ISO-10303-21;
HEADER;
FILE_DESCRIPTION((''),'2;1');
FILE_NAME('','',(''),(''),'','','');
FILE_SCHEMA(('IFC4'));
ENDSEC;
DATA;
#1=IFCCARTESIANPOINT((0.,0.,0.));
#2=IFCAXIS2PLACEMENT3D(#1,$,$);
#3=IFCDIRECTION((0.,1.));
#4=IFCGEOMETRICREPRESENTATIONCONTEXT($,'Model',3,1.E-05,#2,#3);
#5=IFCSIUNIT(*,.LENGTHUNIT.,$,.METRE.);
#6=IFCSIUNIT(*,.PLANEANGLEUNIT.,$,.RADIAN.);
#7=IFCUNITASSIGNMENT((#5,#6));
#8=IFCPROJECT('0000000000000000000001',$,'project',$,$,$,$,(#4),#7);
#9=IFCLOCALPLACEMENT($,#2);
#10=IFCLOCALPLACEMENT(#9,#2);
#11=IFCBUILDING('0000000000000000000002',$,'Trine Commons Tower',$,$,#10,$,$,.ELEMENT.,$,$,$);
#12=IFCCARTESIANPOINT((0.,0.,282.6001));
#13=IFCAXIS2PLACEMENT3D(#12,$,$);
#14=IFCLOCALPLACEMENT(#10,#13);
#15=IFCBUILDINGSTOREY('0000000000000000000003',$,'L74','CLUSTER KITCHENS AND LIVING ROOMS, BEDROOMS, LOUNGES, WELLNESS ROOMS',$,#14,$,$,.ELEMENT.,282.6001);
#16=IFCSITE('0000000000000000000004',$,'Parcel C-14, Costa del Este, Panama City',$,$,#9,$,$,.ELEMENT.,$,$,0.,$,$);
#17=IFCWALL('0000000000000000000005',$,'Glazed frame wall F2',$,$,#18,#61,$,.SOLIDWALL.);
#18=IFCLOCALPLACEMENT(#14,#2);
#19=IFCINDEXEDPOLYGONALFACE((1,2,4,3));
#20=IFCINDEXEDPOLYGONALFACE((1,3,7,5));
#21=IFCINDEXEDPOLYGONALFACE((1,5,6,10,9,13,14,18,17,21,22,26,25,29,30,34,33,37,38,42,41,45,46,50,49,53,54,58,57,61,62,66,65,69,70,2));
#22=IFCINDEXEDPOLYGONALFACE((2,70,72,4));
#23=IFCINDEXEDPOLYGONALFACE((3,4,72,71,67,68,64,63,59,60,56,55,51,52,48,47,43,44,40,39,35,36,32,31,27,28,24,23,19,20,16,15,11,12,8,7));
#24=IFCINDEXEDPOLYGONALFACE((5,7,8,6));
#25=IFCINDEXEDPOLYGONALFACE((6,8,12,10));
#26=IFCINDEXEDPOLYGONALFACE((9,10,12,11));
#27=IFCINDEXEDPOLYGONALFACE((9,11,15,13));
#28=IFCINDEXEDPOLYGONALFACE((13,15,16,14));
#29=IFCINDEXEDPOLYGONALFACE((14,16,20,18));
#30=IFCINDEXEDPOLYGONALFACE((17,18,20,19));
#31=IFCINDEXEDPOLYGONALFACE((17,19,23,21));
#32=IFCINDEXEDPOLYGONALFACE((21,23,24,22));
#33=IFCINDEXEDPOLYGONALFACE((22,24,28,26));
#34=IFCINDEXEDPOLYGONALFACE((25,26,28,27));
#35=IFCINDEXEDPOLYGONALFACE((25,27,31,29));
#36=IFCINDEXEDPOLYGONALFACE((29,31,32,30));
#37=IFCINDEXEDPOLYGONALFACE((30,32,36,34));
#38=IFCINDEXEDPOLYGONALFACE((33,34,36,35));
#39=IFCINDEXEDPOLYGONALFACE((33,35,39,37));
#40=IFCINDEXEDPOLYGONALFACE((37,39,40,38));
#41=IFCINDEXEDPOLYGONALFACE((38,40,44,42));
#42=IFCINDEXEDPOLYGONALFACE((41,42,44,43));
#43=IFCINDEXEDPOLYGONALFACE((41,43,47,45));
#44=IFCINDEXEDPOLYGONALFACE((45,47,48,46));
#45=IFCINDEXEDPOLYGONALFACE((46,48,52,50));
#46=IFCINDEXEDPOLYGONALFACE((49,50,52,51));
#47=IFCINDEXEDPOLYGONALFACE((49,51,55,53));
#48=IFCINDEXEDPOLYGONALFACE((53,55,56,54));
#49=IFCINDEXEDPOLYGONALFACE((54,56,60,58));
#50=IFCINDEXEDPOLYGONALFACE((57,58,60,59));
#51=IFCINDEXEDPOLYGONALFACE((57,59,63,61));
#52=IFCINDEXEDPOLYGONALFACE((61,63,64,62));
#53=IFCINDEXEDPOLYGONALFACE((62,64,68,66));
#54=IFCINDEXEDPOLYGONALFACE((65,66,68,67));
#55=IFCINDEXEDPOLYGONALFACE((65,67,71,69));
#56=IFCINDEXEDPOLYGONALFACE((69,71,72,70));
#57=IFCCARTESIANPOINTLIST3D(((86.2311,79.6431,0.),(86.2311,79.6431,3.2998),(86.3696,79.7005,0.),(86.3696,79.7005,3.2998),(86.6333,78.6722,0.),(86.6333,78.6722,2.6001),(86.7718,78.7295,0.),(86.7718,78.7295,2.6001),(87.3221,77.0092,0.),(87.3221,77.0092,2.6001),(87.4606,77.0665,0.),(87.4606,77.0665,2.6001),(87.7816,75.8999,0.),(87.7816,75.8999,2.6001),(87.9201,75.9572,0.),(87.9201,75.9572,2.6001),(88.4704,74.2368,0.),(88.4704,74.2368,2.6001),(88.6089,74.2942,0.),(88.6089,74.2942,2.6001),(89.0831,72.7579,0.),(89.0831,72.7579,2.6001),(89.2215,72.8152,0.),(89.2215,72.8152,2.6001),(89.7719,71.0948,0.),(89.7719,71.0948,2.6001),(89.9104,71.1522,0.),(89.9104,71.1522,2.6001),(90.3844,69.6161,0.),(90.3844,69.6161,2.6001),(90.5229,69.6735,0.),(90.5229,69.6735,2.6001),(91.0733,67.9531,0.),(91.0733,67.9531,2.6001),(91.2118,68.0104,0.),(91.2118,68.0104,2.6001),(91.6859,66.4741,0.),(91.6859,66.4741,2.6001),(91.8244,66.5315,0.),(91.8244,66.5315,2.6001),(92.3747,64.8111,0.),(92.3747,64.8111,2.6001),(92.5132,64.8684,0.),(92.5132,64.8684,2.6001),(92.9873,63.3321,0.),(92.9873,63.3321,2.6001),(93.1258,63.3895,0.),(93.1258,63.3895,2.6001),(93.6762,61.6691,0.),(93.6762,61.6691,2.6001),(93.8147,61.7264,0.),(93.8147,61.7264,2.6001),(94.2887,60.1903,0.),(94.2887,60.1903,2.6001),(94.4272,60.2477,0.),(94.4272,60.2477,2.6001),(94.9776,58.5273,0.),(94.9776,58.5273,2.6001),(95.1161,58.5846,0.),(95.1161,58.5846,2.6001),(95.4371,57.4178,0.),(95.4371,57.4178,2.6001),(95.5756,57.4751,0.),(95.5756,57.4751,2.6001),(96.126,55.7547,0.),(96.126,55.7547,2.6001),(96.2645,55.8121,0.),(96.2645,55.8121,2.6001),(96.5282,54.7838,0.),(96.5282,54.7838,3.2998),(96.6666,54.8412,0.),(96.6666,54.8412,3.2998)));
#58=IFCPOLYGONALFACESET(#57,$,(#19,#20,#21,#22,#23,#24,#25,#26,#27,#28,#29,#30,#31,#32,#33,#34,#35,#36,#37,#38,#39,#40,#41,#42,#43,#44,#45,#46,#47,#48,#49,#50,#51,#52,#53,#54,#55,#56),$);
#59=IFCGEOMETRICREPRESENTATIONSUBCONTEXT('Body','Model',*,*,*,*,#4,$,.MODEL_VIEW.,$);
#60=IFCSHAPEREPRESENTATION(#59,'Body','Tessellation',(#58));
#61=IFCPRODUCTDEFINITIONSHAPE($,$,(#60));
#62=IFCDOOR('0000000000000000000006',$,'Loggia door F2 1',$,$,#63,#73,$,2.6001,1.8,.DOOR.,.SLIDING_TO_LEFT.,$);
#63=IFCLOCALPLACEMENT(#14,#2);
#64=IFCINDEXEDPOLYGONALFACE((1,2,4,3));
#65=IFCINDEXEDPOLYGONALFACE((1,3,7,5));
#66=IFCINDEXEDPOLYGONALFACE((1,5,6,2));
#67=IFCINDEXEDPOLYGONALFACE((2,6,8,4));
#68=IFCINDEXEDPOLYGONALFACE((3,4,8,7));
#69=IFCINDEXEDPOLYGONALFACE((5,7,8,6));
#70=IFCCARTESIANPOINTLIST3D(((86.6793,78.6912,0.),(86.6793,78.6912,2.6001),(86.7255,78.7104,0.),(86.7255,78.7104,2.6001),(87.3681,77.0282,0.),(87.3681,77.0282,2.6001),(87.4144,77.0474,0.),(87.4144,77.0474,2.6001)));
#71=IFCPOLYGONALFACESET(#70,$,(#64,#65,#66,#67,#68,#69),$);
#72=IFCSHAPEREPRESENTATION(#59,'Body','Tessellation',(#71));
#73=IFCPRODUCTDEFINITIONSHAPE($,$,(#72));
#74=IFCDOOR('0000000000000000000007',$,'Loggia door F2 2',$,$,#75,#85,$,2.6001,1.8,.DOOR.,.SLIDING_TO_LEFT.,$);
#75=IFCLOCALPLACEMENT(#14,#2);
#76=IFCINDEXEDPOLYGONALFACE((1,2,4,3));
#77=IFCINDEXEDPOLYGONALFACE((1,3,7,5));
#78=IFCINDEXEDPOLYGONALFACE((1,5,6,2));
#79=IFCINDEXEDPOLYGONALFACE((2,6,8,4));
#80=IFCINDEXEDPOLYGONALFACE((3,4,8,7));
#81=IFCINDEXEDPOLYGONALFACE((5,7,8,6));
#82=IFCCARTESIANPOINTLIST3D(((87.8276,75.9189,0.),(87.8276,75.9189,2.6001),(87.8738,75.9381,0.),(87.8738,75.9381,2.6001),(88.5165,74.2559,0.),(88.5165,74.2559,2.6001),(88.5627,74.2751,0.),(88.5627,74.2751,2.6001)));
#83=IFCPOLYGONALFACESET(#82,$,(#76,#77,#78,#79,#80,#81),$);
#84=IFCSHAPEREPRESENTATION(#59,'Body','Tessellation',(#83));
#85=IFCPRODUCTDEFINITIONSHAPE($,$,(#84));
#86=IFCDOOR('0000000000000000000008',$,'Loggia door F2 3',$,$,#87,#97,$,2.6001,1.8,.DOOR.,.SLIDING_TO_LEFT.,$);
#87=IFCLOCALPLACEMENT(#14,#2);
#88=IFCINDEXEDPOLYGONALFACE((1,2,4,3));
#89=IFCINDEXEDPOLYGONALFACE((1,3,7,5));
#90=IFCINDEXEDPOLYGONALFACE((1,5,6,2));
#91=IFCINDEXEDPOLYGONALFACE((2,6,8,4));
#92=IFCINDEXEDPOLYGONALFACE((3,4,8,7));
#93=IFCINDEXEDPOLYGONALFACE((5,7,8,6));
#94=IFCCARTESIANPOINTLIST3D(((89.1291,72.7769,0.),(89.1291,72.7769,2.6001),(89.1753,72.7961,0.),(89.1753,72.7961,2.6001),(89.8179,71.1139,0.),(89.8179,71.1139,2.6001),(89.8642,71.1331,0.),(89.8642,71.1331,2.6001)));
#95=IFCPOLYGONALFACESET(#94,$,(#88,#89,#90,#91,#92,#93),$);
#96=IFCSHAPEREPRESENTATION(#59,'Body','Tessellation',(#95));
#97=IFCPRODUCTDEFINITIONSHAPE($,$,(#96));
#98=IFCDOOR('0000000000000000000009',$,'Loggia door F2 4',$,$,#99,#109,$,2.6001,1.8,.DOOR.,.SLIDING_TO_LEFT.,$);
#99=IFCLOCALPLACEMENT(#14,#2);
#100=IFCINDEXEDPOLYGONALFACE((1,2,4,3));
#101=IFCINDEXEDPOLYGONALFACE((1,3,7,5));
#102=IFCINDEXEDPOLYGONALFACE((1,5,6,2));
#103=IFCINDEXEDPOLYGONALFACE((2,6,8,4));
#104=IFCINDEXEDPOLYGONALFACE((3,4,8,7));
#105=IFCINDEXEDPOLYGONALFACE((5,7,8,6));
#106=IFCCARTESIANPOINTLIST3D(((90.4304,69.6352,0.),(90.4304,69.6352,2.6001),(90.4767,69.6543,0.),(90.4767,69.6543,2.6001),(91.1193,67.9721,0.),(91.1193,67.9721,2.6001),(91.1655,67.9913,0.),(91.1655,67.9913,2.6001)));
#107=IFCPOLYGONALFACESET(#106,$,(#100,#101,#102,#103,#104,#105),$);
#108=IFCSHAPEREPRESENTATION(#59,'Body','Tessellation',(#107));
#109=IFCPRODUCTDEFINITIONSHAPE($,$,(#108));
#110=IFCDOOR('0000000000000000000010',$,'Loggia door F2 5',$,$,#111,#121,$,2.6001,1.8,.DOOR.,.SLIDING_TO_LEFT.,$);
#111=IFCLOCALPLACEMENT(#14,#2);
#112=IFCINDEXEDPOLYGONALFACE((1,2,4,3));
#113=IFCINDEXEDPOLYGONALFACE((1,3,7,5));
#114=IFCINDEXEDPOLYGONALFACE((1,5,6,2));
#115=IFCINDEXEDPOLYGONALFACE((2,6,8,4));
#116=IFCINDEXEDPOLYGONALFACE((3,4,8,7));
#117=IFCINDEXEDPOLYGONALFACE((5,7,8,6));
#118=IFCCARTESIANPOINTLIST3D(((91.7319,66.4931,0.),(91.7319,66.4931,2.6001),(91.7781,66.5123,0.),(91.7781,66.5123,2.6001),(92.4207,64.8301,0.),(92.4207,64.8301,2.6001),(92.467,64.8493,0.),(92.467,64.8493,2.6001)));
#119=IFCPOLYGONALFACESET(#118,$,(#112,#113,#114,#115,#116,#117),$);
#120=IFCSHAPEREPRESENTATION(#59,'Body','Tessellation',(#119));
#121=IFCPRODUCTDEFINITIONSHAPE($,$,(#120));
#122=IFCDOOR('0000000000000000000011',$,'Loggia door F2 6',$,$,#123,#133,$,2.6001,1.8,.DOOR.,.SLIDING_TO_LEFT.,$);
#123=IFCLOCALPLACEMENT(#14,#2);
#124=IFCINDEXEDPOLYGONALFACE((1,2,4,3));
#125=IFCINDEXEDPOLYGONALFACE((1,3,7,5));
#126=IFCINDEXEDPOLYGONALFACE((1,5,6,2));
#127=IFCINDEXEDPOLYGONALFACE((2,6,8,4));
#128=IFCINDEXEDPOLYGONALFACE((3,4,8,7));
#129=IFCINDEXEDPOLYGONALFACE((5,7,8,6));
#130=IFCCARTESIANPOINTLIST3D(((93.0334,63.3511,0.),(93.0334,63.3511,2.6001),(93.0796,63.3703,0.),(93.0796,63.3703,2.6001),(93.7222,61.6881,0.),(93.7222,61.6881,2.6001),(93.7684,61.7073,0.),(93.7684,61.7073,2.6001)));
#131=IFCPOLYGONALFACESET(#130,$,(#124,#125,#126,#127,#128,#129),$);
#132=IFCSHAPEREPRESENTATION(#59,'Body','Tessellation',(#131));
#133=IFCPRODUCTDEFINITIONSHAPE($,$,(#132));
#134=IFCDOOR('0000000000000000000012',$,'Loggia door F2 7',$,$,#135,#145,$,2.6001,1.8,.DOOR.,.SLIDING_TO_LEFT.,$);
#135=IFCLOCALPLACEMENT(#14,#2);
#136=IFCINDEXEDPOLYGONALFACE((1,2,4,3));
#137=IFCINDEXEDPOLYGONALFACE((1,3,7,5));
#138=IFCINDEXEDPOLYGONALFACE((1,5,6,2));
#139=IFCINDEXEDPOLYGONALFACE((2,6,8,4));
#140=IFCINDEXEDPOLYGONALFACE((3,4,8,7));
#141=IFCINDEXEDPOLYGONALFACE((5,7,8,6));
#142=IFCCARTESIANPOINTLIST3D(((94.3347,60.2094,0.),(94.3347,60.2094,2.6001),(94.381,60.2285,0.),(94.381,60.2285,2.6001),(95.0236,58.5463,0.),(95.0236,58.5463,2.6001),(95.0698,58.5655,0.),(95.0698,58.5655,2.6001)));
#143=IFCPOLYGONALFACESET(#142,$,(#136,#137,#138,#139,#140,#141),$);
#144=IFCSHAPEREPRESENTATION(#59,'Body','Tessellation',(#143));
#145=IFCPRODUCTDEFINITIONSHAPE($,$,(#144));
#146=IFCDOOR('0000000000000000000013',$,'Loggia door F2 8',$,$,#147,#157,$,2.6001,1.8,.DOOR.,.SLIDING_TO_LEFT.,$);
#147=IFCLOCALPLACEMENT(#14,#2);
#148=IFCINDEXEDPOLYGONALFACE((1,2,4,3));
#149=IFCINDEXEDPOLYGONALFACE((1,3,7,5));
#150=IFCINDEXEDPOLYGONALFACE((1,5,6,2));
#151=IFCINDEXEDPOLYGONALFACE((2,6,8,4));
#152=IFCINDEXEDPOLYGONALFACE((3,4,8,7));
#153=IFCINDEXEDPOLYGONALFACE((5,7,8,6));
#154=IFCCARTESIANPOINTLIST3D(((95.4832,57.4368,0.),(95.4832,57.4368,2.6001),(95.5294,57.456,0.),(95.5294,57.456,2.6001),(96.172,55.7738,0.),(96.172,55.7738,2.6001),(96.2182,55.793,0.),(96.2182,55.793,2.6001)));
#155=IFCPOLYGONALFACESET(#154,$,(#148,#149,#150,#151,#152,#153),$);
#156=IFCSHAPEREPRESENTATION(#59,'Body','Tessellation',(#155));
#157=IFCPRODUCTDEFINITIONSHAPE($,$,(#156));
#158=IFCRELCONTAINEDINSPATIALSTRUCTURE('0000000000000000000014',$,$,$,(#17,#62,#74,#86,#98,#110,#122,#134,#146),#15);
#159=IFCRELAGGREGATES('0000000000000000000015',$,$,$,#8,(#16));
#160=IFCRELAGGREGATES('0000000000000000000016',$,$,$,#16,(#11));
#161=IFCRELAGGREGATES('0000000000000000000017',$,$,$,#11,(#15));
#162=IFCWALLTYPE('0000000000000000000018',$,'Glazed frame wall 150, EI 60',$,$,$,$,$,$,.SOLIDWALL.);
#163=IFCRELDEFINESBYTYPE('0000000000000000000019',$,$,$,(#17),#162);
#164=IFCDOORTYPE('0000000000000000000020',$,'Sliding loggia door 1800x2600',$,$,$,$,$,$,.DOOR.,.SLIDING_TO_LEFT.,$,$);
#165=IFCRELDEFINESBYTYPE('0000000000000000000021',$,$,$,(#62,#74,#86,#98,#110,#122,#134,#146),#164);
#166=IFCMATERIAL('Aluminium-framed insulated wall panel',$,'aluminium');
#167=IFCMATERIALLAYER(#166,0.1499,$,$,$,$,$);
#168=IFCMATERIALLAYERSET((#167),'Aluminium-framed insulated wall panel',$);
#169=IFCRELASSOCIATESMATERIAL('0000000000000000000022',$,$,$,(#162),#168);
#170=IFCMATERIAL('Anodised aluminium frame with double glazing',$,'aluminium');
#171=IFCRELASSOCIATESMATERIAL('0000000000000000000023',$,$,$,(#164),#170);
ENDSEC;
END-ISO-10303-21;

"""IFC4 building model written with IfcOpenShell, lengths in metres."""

from ifc_helpers import new_model, si_unit, direction, frame, frame_2d, origin, place, context, subcontext, project, spatial, polyline, rectangle, outline, extrude, material, layer, layer_set, type_object, element, fill, save


model = new_model("IFC4")

# Units and contexts
model_context = context("Model", 3, precision=1e-05, world=origin(), true_north=direction((0.0, 1.0)))
body_context = subcontext(model_context, "Body", "Model", "MODEL_VIEW")
ifc_project = project(units=[si_unit("LENGTHUNIT", "METRE"), si_unit("PLANEANGLEUNIT", "RADIAN")], contexts=[model_context])

# Site, building, storey
site_placement = place(None, origin())
site = spatial("IfcSite", under=ifc_project, at=site_placement, Name="Parcel C-14, Costa del Este, Panama City", CompositionType="ELEMENT", RefElevation=0.0)
building_placement = place(site_placement, origin())
building = spatial("IfcBuilding", under=site, at=building_placement, Name="Trine Commons Tower", CompositionType="ELEMENT")
storey_placement = place(building_placement, frame((0.0, 0.0, 282.6001)))
storey = spatial("IfcBuildingStorey", under=building, at=storey_placement, Name="L74", Description="CLUSTER KITCHENS AND LIVING ROOMS, BEDROOMS, LOUNGES, WELLNESS ROOMS", CompositionType="ELEMENT", Elevation=282.6001)

# Shared definitions
ifc_material_1 = material(Name="Aluminium-framed insulated wall panel", Category="aluminium")
ifc_layer_1 = layer(ifc_material_1, 0.1499)
ifc_layer_set_1 = layer_set([ifc_layer_1], Name="Aluminium-framed insulated wall panel")
wall_type_1 = type_object("IfcWallType", Name="Glazed frame wall 150, EI 60", PredefinedType="SOLIDWALL", material=ifc_layer_set_1)
ifc_material_2 = material(Name="Anodised aluminium frame with double glazing", Category="aluminium")
door_type = type_object("IfcDoorType", Name="Sliding loggia door 1800x2600", OperationType="SLIDING_TO_LEFT", PredefinedType="DOOR", material=ifc_material_2)

# Wall, openings, doors
wall_1_placement = place(storey_placement, frame((86.2432, 79.8098, 0.0), z_axis=(0.0, 0.0, 1.0), x_axis=(0.382684, -0.923879, 0.0)))
wall_1 = element("IfcWall", 1, at=wall_1_placement, inside=storey, type_object=wall_type_1, Name="Glazed frame wall F2", PredefinedType="SOLIDWALL", context=body_context, shape_type="SweptSolid", body=[
    extrude(outline(polyline([(0.1494, 0.075), (0.1494, -0.075), (27.0569, -0.075), (27.0569, 0.075), (0.1494, 0.075)])), origin(), (0.0, 0.0, 1.0), 3.2998),
])
opening_1_placement = place(wall_1_placement, frame((1.2004, 0.0, 0.0)))
opening_1 = element("IfcOpeningElement", 2, at=opening_1_placement, cuts=wall_1, PredefinedType="OPENING", context=body_context, shape_type="SweptSolid", body=[
    extrude(rectangle(XDim=1.8, YDim=2.6001, at=frame_2d((0.8999, 1.3))), frame((0.0, 0.085, 0.0), z_axis=(0.0, -1.0, 0.0), x_axis=(1.0, 0.0, 0.0)), (0.0, 0.0, 1.0), 0.1699),
])
opening_2_placement = place(wall_1_placement, frame((4.2012, 0.0, 0.0)))
opening_2 = element("IfcOpeningElement", 3, at=opening_2_placement, cuts=wall_1, PredefinedType="OPENING", context=body_context, shape_type="SweptSolid", body=[
    extrude(rectangle(XDim=1.8, YDim=2.6001, at=frame_2d((0.8999, 1.3))), frame((0.0, 0.085, 0.0), z_axis=(0.0, -1.0, 0.0), x_axis=(1.0, 0.0, 0.0)), (0.0, 0.0, 1.0), 0.1699),
])
opening_3_placement = place(wall_1_placement, frame((7.6021, 0.0, 0.0)))
opening_3 = element("IfcOpeningElement", 4, at=opening_3_placement, cuts=wall_1, PredefinedType="OPENING", context=body_context, shape_type="SweptSolid", body=[
    extrude(rectangle(XDim=1.8, YDim=2.6001, at=frame_2d((0.8999, 1.3))), frame((0.0, 0.085, 0.0), z_axis=(0.0, -1.0, 0.0), x_axis=(1.0, 0.0, 0.0)), (0.0, 0.0, 1.0), 0.1699),
])
opening_4_placement = place(wall_1_placement, frame((11.0027, 0.0, 0.0)))
opening_4 = element("IfcOpeningElement", 5, at=opening_4_placement, cuts=wall_1, PredefinedType="OPENING", context=body_context, shape_type="SweptSolid", body=[
    extrude(rectangle(XDim=1.8, YDim=2.6001, at=frame_2d((0.8999, 1.3))), frame((0.0, 0.085, 0.0), z_axis=(0.0, -1.0, 0.0), x_axis=(1.0, 0.0, 0.0)), (0.0, 0.0, 1.0), 0.1699),
])
opening_5_placement = place(wall_1_placement, frame((14.4036, 0.0, 0.0)))
opening_5 = element("IfcOpeningElement", 6, at=opening_5_placement, cuts=wall_1, PredefinedType="OPENING", context=body_context, shape_type="SweptSolid", body=[
    extrude(rectangle(XDim=1.8, YDim=2.6001, at=frame_2d((0.8999, 1.3))), frame((0.0, 0.085, 0.0), z_axis=(0.0, -1.0, 0.0), x_axis=(1.0, 0.0, 0.0)), (0.0, 0.0, 1.0), 0.1699),
])
opening_6_placement = place(wall_1_placement, frame((17.8044, 0.0, 0.0)))
opening_6 = element("IfcOpeningElement", 7, at=opening_6_placement, cuts=wall_1, PredefinedType="OPENING", context=body_context, shape_type="SweptSolid", body=[
    extrude(rectangle(XDim=1.8, YDim=2.6001, at=frame_2d((0.8999, 1.3))), frame((0.0, 0.085, 0.0), z_axis=(0.0, -1.0, 0.0), x_axis=(1.0, 0.0, 0.0)), (0.0, 0.0, 1.0), 0.1699),
])
opening_7_placement = place(wall_1_placement, frame((21.2051, 0.0, 0.0)))
opening_7 = element("IfcOpeningElement", 8, at=opening_7_placement, cuts=wall_1, PredefinedType="OPENING", context=body_context, shape_type="SweptSolid", body=[
    extrude(rectangle(XDim=1.8, YDim=2.6001, at=frame_2d((0.8999, 1.3))), frame((0.0, 0.085, 0.0), z_axis=(0.0, -1.0, 0.0), x_axis=(1.0, 0.0, 0.0)), (0.0, 0.0, 1.0), 0.1699),
])
opening_8_placement = place(wall_1_placement, frame((24.2061, 0.0, 0.0)))
opening_8 = element("IfcOpeningElement", 9, at=opening_8_placement, cuts=wall_1, PredefinedType="OPENING", context=body_context, shape_type="SweptSolid", body=[
    extrude(rectangle(XDim=1.8, YDim=2.6001, at=frame_2d((0.8999, 1.3))), frame((0.0, 0.085, 0.0), z_axis=(0.0, -1.0, 0.0), x_axis=(1.0, 0.0, 0.0)), (0.0, 0.0, 1.0), 0.1699),
])
door_1_placement = place(opening_1_placement, origin())
door_1 = element("IfcDoor", 10, at=door_1_placement, inside=storey, type_object=door_type, Name="Loggia door F2 1", OperationType="SLIDING_TO_LEFT", OverallHeight=2.6001, OverallWidth=1.8, PredefinedType="DOOR", context=body_context, shape_type="SweptSolid", body=[
    extrude(rectangle(XDim=1.8, YDim=2.6001, at=frame_2d((0.8999, 1.3))), frame((0.0, 0.0249, 0.0), z_axis=(0.0, -1.0, 0.0), x_axis=(1.0, 0.0, 0.0)), (0.0, 0.0, 1.0), 0.05),
])
fill(opening_1, door_1)
door_2_placement = place(opening_2_placement, origin())
door_2 = element("IfcDoor", 11, at=door_2_placement, inside=storey, type_object=door_type, Name="Loggia door F2 2", OperationType="SLIDING_TO_LEFT", OverallHeight=2.6001, OverallWidth=1.8, PredefinedType="DOOR", context=body_context, shape_type="SweptSolid", body=[
    extrude(rectangle(XDim=1.8, YDim=2.6001, at=frame_2d((0.8999, 1.3))), frame((0.0, 0.0249, 0.0), z_axis=(0.0, -1.0, 0.0), x_axis=(1.0, 0.0, 0.0)), (0.0, 0.0, 1.0), 0.05),
])
fill(opening_2, door_2)
door_3_placement = place(opening_3_placement, origin())
door_3 = element("IfcDoor", 12, at=door_3_placement, inside=storey, type_object=door_type, Name="Loggia door F2 3", OperationType="SLIDING_TO_LEFT", OverallHeight=2.6001, OverallWidth=1.8, PredefinedType="DOOR", context=body_context, shape_type="SweptSolid", body=[
    extrude(rectangle(XDim=1.8, YDim=2.6001, at=frame_2d((0.8999, 1.3))), frame((0.0, 0.0249, 0.0), z_axis=(0.0, -1.0, 0.0), x_axis=(1.0, 0.0, 0.0)), (0.0, 0.0, 1.0), 0.05),
])
fill(opening_3, door_3)
door_4_placement = place(opening_4_placement, origin())
door_4 = element("IfcDoor", 13, at=door_4_placement, inside=storey, type_object=door_type, Name="Loggia door F2 4", OperationType="SLIDING_TO_LEFT", OverallHeight=2.6001, OverallWidth=1.8, PredefinedType="DOOR", context=body_context, shape_type="SweptSolid", body=[
    extrude(rectangle(XDim=1.8, YDim=2.6001, at=frame_2d((0.8999, 1.3))), frame((0.0, 0.0249, 0.0), z_axis=(0.0, -1.0, 0.0), x_axis=(1.0, 0.0, 0.0)), (0.0, 0.0, 1.0), 0.05),
])
fill(opening_4, door_4)
door_5_placement = place(opening_5_placement, origin())
door_5 = element("IfcDoor", 14, at=door_5_placement, inside=storey, type_object=door_type, Name="Loggia door F2 5", OperationType="SLIDING_TO_LEFT", OverallHeight=2.6001, OverallWidth=1.8, PredefinedType="DOOR", context=body_context, shape_type="SweptSolid", body=[
    extrude(rectangle(XDim=1.8, YDim=2.6001, at=frame_2d((0.8999, 1.3))), frame((0.0, 0.0249, 0.0), z_axis=(0.0, -1.0, 0.0), x_axis=(1.0, 0.0, 0.0)), (0.0, 0.0, 1.0), 0.05),
])
fill(opening_5, door_5)
door_6_placement = place(opening_6_placement, origin())
door_6 = element("IfcDoor", 15, at=door_6_placement, inside=storey, type_object=door_type, Name="Loggia door F2 6", OperationType="SLIDING_TO_LEFT", OverallHeight=2.6001, OverallWidth=1.8, PredefinedType="DOOR", context=body_context, shape_type="SweptSolid", body=[
    extrude(rectangle(XDim=1.8, YDim=2.6001, at=frame_2d((0.8999, 1.3))), frame((0.0, 0.0249, 0.0), z_axis=(0.0, -1.0, 0.0), x_axis=(1.0, 0.0, 0.0)), (0.0, 0.0, 1.0), 0.05),
])
fill(opening_6, door_6)
door_7_placement = place(opening_7_placement, origin())
door_7 = element("IfcDoor", 16, at=door_7_placement, inside=storey, type_object=door_type, Name="Loggia door F2 7", OperationType="SLIDING_TO_LEFT", OverallHeight=2.6001, OverallWidth=1.8, PredefinedType="DOOR", context=body_context, shape_type="SweptSolid", body=[
    extrude(rectangle(XDim=1.8, YDim=2.6001, at=frame_2d((0.8999, 1.3))), frame((0.0, 0.0249, 0.0), z_axis=(0.0, -1.0, 0.0), x_axis=(1.0, 0.0, 0.0)), (0.0, 0.0, 1.0), 0.05),
])
fill(opening_7, door_7)
door_8_placement = place(opening_8_placement, origin())
door_8 = element("IfcDoor", 17, at=door_8_placement, inside=storey, type_object=door_type, Name="Loggia door F2 8", OperationType="SLIDING_TO_LEFT", OverallHeight=2.6001, OverallWidth=1.8, PredefinedType="DOOR", context=body_context, shape_type="SweptSolid", body=[
    extrude(rectangle(XDim=1.8, YDim=2.6001, at=frame_2d((0.8999, 1.3))), frame((0.0, 0.0249, 0.0), z_axis=(0.0, -1.0, 0.0), x_axis=(1.0, 0.0, 0.0)), (0.0, 0.0, 1.0), 0.05),
])
fill(opening_8, door_8)

save(model, "model.ifc")
